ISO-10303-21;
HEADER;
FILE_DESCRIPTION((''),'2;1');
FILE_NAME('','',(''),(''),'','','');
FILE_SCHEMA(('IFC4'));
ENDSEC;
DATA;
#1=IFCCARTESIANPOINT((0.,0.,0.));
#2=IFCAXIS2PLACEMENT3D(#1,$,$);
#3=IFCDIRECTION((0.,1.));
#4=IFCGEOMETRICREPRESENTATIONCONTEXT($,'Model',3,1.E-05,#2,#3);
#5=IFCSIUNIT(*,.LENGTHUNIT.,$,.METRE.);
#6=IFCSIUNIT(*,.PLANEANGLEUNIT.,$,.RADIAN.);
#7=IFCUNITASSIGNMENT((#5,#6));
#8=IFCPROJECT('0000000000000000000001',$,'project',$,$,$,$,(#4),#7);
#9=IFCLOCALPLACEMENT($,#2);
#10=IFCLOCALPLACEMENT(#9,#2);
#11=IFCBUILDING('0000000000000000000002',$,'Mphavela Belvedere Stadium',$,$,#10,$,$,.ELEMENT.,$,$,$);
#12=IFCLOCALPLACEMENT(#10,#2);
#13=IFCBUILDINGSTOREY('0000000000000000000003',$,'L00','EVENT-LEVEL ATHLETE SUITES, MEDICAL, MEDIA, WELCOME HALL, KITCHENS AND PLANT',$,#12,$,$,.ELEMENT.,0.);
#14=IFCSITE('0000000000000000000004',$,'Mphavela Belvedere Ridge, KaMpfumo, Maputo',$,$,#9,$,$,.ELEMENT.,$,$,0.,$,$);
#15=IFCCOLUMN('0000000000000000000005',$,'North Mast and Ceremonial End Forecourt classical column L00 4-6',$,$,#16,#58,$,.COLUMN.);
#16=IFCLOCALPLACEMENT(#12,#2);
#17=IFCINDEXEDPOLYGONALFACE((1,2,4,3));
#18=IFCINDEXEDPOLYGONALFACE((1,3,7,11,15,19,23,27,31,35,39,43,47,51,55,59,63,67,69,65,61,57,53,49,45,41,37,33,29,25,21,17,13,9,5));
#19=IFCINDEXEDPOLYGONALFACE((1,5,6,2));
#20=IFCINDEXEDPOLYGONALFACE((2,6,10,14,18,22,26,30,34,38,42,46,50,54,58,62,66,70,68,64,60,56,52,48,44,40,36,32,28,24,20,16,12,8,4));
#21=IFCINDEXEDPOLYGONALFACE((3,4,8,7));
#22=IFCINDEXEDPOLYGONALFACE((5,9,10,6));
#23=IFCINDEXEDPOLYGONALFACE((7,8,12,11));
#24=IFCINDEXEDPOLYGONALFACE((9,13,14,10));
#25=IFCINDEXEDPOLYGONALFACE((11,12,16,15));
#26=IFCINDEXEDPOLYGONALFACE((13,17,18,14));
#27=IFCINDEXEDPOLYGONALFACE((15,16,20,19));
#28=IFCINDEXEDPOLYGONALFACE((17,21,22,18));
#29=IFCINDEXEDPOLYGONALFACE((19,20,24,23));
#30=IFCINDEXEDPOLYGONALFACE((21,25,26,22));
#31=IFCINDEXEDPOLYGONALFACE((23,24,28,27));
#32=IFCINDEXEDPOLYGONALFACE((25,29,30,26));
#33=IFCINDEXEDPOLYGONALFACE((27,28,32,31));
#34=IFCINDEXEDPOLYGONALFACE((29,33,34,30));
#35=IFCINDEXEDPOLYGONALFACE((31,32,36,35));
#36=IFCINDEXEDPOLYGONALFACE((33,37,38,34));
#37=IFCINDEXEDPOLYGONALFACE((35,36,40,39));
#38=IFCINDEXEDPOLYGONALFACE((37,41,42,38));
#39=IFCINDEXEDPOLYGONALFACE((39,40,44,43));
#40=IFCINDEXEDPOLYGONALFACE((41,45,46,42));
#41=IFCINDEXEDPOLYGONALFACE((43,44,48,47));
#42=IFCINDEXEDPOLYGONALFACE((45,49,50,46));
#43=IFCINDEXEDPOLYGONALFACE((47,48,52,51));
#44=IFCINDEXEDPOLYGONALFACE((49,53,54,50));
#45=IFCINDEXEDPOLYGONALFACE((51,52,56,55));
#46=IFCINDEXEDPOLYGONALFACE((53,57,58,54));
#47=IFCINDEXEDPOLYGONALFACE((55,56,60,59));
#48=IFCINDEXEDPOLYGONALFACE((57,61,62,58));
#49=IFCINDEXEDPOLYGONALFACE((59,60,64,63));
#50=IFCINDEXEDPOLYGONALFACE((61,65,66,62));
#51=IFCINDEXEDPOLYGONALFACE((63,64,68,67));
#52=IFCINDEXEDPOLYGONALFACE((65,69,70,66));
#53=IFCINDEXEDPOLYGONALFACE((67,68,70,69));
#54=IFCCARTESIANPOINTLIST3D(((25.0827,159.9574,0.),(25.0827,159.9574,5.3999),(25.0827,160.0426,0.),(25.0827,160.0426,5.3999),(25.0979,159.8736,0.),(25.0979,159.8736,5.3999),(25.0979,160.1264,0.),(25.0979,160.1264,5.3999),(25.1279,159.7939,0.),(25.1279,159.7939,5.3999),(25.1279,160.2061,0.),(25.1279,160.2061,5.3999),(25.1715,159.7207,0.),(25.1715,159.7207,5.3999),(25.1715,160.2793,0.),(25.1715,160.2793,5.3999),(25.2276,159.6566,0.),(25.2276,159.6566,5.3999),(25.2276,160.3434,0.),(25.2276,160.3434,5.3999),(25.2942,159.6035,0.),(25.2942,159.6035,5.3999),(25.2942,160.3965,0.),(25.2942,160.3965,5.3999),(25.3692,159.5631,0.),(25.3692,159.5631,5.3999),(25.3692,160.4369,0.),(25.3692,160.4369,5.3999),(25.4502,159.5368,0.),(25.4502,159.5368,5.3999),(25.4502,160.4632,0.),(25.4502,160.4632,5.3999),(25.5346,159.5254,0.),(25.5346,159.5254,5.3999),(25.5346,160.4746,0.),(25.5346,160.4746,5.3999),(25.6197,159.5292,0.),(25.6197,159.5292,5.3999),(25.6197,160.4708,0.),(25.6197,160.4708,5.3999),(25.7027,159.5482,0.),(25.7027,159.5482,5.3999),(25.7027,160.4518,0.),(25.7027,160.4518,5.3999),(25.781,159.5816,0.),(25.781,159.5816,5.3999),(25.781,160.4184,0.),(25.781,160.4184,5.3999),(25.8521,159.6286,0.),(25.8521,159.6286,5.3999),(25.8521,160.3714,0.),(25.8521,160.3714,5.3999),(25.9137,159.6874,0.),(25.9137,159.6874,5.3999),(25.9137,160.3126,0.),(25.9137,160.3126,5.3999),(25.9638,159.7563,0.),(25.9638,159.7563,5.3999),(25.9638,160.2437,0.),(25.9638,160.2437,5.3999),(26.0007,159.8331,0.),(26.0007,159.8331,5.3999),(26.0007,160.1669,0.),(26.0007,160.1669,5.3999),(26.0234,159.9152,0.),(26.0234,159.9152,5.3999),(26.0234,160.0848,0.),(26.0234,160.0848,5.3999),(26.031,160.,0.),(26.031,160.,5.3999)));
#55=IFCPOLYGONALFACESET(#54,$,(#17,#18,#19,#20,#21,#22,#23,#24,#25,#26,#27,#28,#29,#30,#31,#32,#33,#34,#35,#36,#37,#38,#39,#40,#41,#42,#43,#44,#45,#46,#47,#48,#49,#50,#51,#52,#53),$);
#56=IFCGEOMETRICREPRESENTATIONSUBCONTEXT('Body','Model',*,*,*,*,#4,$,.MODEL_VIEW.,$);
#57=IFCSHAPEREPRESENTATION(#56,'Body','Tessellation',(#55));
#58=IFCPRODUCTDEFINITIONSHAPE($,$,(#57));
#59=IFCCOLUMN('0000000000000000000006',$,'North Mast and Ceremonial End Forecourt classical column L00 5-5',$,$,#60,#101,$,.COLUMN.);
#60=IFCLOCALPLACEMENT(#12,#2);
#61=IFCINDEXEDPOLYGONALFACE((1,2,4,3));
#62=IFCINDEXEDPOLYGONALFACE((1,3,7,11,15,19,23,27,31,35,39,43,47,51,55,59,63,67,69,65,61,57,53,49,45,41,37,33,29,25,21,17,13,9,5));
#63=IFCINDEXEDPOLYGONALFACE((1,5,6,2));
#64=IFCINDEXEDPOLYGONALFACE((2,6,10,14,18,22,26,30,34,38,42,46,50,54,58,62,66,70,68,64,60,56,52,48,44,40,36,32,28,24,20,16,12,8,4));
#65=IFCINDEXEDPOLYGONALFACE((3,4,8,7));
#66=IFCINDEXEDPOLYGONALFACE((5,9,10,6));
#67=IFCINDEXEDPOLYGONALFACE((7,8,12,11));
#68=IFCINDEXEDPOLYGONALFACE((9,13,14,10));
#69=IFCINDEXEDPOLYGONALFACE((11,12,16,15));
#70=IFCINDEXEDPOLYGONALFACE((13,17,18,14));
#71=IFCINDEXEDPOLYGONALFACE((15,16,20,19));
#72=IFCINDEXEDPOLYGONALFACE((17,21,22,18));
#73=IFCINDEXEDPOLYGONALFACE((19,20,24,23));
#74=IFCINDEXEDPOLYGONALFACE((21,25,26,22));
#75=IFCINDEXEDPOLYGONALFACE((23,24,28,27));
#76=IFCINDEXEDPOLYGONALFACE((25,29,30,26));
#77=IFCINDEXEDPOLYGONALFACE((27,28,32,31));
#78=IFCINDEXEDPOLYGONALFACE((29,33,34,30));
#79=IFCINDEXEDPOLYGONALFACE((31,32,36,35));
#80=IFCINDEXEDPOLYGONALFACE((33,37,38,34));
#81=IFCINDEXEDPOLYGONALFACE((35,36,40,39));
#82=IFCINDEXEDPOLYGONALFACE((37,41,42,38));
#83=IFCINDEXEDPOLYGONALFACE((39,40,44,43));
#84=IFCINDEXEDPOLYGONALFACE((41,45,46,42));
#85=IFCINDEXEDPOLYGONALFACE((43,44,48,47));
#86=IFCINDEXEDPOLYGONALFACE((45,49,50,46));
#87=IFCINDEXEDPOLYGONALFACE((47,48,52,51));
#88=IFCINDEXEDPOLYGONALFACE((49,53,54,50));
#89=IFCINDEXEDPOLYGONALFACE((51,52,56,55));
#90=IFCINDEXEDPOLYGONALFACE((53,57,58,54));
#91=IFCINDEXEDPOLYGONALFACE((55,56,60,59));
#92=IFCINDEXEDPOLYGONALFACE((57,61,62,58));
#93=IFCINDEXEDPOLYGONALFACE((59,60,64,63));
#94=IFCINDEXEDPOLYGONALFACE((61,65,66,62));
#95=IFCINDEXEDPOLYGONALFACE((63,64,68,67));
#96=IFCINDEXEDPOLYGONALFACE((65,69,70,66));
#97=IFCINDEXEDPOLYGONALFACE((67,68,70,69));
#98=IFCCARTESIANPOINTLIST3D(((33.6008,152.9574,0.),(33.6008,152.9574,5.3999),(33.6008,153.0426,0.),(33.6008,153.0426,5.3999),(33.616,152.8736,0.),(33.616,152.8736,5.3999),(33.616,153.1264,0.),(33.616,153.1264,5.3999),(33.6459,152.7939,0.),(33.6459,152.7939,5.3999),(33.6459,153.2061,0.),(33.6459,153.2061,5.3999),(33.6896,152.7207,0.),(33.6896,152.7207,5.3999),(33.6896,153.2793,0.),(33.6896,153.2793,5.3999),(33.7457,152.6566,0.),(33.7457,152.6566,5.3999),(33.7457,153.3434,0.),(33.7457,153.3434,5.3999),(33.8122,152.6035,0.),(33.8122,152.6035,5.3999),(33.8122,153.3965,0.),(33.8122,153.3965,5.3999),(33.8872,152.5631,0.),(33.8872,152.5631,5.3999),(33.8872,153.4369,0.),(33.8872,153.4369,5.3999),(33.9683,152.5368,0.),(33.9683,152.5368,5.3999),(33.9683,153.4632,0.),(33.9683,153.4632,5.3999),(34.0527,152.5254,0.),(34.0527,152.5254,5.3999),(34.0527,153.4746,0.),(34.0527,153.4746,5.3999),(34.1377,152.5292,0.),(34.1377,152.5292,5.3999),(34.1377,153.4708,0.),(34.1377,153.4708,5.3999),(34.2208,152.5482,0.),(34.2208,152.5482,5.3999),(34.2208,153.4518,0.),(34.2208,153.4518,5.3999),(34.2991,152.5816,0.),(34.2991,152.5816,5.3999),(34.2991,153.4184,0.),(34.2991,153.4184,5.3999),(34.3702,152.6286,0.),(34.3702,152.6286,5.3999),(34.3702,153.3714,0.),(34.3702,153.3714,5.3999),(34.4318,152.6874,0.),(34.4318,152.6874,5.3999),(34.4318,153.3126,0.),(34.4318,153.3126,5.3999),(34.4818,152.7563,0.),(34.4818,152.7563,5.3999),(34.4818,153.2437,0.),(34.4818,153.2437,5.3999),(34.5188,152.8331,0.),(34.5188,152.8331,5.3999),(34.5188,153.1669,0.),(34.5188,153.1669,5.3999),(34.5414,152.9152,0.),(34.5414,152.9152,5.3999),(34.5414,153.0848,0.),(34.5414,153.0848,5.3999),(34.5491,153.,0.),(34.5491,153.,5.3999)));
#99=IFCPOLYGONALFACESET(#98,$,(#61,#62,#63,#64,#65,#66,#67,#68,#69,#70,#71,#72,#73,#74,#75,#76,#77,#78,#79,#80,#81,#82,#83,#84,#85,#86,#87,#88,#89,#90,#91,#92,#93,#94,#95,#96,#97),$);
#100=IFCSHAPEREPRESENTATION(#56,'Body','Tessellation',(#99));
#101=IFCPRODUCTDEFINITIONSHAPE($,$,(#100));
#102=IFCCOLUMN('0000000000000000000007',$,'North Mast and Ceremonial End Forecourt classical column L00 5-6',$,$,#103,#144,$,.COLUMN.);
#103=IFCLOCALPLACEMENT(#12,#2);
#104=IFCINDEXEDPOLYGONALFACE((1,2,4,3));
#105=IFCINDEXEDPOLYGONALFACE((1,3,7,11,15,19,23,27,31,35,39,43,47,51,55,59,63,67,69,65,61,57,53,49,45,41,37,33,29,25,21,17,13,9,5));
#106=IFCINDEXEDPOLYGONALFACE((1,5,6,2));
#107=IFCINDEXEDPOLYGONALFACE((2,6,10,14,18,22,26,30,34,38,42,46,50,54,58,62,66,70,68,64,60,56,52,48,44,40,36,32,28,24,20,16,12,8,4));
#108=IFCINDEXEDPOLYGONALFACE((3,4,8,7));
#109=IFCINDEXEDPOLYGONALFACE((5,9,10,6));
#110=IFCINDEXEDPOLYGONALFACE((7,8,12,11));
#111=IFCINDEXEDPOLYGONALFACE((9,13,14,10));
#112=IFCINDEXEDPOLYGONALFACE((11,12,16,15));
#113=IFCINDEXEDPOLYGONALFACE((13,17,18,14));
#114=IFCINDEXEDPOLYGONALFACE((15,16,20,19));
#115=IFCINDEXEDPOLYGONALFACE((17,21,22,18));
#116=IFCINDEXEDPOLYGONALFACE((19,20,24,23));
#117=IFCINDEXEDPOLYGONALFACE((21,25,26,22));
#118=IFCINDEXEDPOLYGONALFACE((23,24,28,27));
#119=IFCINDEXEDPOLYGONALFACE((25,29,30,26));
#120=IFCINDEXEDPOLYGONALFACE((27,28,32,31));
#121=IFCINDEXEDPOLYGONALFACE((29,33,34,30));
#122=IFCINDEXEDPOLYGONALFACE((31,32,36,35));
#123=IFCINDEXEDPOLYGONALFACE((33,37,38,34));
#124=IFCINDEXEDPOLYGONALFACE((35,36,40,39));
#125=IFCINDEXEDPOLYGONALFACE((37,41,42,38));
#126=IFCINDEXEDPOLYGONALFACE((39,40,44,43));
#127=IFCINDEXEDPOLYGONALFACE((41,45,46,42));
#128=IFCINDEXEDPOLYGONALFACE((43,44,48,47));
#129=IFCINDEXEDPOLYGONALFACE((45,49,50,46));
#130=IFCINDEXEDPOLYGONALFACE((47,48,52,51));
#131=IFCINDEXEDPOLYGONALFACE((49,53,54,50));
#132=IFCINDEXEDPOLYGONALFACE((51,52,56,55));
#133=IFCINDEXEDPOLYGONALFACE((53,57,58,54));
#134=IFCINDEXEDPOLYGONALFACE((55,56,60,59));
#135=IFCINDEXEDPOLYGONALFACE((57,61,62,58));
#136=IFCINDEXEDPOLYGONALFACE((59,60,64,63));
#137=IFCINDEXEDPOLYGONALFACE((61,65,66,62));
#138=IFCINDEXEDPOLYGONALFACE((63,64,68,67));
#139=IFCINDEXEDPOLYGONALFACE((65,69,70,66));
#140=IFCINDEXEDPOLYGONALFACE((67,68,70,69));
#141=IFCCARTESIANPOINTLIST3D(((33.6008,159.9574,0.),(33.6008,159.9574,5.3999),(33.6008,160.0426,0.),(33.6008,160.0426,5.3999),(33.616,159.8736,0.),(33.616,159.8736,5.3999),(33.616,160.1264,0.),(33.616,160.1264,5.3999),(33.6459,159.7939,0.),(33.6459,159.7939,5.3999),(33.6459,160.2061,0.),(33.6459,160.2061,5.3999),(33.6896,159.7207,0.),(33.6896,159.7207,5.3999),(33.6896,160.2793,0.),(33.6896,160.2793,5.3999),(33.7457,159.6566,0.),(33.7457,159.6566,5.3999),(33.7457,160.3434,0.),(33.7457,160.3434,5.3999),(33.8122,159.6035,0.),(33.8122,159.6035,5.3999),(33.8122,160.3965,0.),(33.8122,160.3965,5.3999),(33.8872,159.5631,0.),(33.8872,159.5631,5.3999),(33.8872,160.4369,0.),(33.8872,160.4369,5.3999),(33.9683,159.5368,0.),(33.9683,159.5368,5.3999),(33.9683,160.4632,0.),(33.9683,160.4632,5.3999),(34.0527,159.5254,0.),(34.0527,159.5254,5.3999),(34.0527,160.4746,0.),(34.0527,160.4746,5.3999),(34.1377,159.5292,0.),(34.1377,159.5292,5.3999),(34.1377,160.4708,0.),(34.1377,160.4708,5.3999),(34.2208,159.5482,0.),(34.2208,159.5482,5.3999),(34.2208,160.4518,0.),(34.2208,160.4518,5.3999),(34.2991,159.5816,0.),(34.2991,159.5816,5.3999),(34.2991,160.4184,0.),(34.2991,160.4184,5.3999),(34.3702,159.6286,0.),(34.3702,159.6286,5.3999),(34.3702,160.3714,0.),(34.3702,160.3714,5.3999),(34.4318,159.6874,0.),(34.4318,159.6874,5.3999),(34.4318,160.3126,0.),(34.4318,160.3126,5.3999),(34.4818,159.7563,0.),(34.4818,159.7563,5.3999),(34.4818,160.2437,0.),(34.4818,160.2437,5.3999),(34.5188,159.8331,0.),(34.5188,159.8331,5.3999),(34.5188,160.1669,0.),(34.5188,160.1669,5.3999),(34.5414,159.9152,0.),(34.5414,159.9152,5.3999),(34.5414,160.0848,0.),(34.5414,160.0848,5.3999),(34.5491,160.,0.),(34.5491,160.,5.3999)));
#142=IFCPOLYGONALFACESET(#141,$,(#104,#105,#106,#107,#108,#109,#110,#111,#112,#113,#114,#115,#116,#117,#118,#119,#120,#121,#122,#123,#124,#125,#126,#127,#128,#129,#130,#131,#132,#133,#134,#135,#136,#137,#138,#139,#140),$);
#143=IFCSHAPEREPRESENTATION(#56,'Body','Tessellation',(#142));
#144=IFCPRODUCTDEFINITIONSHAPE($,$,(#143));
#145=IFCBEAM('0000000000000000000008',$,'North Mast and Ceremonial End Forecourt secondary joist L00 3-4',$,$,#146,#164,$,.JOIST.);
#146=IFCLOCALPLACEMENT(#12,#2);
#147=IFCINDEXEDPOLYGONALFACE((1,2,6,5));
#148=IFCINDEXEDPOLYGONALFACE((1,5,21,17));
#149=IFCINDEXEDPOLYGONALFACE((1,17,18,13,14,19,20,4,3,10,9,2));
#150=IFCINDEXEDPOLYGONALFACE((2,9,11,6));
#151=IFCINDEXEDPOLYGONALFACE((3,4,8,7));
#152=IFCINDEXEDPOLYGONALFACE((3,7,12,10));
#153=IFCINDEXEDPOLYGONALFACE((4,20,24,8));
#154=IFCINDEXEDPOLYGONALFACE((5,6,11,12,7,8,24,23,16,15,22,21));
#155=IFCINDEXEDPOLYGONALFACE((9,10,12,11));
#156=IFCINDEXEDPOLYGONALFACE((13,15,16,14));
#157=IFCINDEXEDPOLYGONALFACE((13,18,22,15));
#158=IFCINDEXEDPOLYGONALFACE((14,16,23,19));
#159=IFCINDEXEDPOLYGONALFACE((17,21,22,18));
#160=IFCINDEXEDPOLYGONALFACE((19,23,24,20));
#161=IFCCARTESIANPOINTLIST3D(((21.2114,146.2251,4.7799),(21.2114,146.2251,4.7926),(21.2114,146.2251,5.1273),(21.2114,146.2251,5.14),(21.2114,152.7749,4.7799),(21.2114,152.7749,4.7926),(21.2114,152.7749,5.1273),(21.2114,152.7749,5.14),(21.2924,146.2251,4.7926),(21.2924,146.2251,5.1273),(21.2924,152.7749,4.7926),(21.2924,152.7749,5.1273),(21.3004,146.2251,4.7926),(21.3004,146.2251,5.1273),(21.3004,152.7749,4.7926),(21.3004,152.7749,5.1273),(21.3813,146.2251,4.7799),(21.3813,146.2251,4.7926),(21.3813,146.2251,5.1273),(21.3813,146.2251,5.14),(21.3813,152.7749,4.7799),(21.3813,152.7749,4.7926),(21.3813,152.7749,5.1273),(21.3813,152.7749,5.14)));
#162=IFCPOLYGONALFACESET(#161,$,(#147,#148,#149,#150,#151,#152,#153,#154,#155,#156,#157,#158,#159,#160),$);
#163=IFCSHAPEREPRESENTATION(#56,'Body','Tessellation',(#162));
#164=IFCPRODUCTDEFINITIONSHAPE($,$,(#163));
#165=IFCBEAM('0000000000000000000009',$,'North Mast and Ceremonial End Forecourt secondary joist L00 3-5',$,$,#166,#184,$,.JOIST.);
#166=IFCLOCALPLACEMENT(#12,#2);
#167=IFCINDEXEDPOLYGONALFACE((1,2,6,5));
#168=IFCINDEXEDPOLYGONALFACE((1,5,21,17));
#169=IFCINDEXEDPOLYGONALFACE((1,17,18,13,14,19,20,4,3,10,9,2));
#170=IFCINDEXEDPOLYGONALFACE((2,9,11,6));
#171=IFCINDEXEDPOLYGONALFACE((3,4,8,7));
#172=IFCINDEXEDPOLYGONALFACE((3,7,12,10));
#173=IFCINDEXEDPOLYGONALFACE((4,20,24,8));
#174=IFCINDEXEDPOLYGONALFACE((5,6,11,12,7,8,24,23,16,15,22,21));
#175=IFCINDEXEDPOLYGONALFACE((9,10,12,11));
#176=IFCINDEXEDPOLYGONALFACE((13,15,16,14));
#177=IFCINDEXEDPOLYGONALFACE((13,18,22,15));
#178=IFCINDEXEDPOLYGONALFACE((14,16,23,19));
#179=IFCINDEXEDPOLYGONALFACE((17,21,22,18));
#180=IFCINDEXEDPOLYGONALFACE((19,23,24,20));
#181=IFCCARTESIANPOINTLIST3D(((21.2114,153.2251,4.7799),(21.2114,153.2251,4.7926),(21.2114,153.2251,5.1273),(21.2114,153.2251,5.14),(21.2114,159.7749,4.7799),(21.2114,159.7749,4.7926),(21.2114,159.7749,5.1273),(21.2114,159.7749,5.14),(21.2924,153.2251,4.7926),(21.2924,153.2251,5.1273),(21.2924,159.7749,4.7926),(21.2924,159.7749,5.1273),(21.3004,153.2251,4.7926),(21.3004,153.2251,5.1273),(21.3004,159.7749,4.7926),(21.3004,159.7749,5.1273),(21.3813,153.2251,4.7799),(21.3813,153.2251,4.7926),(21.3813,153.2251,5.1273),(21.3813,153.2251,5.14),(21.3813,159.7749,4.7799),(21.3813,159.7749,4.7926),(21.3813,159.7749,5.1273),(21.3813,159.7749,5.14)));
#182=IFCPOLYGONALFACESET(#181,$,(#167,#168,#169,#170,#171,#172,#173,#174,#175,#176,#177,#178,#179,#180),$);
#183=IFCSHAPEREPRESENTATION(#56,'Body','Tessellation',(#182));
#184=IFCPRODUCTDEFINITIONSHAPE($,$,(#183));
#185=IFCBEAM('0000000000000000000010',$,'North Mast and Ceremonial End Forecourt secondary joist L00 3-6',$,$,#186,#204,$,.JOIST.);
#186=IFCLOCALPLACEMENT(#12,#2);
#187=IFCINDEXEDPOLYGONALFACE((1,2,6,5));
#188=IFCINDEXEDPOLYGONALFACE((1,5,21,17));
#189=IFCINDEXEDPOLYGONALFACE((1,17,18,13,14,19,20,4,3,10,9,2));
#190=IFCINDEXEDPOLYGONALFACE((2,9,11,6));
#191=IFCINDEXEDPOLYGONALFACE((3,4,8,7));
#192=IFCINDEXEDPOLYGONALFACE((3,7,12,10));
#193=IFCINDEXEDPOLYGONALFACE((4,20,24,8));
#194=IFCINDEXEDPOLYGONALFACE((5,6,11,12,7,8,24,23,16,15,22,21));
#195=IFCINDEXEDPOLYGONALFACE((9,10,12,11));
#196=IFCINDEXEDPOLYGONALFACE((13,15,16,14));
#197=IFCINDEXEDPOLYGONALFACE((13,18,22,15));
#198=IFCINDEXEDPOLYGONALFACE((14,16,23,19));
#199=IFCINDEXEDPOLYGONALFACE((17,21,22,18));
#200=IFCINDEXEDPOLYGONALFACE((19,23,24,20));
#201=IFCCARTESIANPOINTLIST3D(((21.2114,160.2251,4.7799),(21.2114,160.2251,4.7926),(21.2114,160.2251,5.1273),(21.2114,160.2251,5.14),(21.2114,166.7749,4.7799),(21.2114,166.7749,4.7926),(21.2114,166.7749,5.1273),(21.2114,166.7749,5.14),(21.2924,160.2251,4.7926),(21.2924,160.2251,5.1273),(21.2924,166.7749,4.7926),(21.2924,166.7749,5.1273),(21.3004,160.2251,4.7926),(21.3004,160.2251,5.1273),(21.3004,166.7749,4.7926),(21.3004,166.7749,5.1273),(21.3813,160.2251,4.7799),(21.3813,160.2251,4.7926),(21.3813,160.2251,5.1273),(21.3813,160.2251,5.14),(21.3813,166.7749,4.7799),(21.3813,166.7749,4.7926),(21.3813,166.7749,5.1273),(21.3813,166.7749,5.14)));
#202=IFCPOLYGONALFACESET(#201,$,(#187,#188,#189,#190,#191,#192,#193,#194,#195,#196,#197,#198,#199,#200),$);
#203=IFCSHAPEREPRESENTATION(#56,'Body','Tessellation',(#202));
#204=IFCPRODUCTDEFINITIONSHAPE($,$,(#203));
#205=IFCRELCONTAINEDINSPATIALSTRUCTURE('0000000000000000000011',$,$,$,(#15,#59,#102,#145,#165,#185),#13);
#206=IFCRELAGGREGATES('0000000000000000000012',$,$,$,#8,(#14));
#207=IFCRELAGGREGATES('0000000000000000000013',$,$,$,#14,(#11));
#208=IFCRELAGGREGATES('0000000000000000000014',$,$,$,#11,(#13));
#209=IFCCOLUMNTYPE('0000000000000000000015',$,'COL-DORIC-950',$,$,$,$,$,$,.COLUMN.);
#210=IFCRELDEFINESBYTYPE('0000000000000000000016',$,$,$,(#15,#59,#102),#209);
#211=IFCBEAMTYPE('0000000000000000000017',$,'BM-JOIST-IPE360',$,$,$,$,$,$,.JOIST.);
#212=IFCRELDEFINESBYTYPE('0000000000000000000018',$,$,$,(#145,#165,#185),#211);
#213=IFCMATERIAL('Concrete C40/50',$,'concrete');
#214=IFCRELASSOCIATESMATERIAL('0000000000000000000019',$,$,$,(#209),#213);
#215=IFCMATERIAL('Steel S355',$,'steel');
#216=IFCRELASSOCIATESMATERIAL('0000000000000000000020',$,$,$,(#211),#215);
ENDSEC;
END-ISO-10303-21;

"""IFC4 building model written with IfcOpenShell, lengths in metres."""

from ifc_helpers import new_model, si_unit, direction, frame, origin, origin_2d, place, context, subcontext, project, spatial, circle, i_section, extrude, material, material_profile, profile_set, type_object, element, save


model = new_model("IFC4")

# Units and contexts
model_context = context("Model", 3, precision=1e-05, world=origin(), true_north=direction((0.0, 1.0)))
body_context = subcontext(model_context, "Body", "Model", "MODEL_VIEW")
ifc_project = project(units=[si_unit("LENGTHUNIT", "METRE"), si_unit("PLANEANGLEUNIT", "RADIAN")], contexts=[model_context])

# Site, building, storey
site_placement = place(None, origin())
site = spatial("IfcSite", under=ifc_project, at=site_placement, Name="Mphavela Belvedere Ridge, KaMpfumo, Maputo", CompositionType="ELEMENT", RefElevation=0.0)
building_placement = place(site_placement, origin())
building = spatial("IfcBuilding", under=site, at=building_placement, Name="Mphavela Belvedere Stadium", CompositionType="ELEMENT")
storey_placement = place(building_placement, origin())
storey = spatial("IfcBuildingStorey", under=building, at=storey_placement, Name="L00", Description="EVENT-LEVEL ATHLETE SUITES, MEDICAL, MEDIA, WELCOME HALL, KITCHENS AND PLANT", CompositionType="ELEMENT", Elevation=0.0)

# Columns
ifc_material_1 = material(Name="Concrete C40/50", Category="concrete")
ifc_material_profile_1 = material_profile(ifc_material_1, circle(Radius=0.4751, at=origin_2d()), Name="COL D950")
ifc_profile_set_1 = profile_set([ifc_material_profile_1], Name="Concrete C40/50")
column_type = type_object("IfcColumnType", Name="COL-DORIC-950", PredefinedType="COLUMN", material=ifc_profile_set_1)
for number, where, z_axis, x_axis, name in (
    (1, (25.5559, 160.0, 0.0), (0.0, 0.0, 1.0), (1.0, 0.0, 0.0), "North Mast and Ceremonial End Forecourt classical column L00 4-6"),
    (2, (34.074, 153.0, 0.0), (0.0, 0.0, 1.0), (1.0, 0.0, 0.0), "North Mast and Ceremonial End Forecourt classical column L00 5-5"),
    (3, (34.074, 160.0, 0.0), (0.0, 0.0, 1.0), (1.0, 0.0, 0.0), "North Mast and Ceremonial End Forecourt classical column L00 5-6"),
):
    element("IfcColumn", number, at=place(storey_placement, frame(where, z_axis=z_axis, x_axis=x_axis)), inside=storey, type_object=column_type, Name=name, PredefinedType="COLUMN", context=body_context, shape_type="SweptSolid", body=[
        extrude(circle(Radius=0.4751, at=origin_2d()), origin(), (0.0, 0.0, 1.0), 5.3999),
    ])

# Beams
ifc_material_2 = material(Name="Steel S355", Category="steel")
ifc_material_profile_2 = material_profile(ifc_material_2, i_section(OverallWidth=0.1699, OverallDepth=0.3601, WebThickness=0.0081, FlangeThickness=0.0127, at=origin_2d()), Name="IPE 360")
ifc_profile_set_2 = profile_set([ifc_material_profile_2], Name="Steel S355")
beam_type_1 = type_object("IfcBeamType", Name="BM-JOIST-IPE360", PredefinedType="JOIST", material=ifc_profile_set_2)
for number, where, z_axis, x_axis, name in (
    (4, (21.2964, 146.2251, 4.96), (0.0, 1.0, 0.0), (-1.0, 0.0, 0.0), "North Mast and Ceremonial End Forecourt secondary joist L00 3-4"),
    (5, (21.2964, 153.2251, 4.96), (0.0, 1.0, 0.0), (-1.0, 0.0, 0.0), "North Mast and Ceremonial End Forecourt secondary joist L00 3-5"),
    (6, (21.2964, 160.2251, 4.96), (0.0, 1.0, 0.0), (-1.0, 0.0, 0.0), "North Mast and Ceremonial End Forecourt secondary joist L00 3-6"),
):
    element("IfcBeam", number, at=place(storey_placement, frame(where, z_axis=z_axis, x_axis=x_axis)), inside=storey, type_object=beam_type_1, Name=name, PredefinedType="JOIST", context=body_context, shape_type="SweptSolid", body=[
        extrude(i_section(OverallWidth=0.1699, OverallDepth=0.3601, WebThickness=0.0081, FlangeThickness=0.0127, at=origin_2d()), origin(), (0.0, 0.0, 1.0), 6.5498),
    ])

save(model, "model.ifc")
